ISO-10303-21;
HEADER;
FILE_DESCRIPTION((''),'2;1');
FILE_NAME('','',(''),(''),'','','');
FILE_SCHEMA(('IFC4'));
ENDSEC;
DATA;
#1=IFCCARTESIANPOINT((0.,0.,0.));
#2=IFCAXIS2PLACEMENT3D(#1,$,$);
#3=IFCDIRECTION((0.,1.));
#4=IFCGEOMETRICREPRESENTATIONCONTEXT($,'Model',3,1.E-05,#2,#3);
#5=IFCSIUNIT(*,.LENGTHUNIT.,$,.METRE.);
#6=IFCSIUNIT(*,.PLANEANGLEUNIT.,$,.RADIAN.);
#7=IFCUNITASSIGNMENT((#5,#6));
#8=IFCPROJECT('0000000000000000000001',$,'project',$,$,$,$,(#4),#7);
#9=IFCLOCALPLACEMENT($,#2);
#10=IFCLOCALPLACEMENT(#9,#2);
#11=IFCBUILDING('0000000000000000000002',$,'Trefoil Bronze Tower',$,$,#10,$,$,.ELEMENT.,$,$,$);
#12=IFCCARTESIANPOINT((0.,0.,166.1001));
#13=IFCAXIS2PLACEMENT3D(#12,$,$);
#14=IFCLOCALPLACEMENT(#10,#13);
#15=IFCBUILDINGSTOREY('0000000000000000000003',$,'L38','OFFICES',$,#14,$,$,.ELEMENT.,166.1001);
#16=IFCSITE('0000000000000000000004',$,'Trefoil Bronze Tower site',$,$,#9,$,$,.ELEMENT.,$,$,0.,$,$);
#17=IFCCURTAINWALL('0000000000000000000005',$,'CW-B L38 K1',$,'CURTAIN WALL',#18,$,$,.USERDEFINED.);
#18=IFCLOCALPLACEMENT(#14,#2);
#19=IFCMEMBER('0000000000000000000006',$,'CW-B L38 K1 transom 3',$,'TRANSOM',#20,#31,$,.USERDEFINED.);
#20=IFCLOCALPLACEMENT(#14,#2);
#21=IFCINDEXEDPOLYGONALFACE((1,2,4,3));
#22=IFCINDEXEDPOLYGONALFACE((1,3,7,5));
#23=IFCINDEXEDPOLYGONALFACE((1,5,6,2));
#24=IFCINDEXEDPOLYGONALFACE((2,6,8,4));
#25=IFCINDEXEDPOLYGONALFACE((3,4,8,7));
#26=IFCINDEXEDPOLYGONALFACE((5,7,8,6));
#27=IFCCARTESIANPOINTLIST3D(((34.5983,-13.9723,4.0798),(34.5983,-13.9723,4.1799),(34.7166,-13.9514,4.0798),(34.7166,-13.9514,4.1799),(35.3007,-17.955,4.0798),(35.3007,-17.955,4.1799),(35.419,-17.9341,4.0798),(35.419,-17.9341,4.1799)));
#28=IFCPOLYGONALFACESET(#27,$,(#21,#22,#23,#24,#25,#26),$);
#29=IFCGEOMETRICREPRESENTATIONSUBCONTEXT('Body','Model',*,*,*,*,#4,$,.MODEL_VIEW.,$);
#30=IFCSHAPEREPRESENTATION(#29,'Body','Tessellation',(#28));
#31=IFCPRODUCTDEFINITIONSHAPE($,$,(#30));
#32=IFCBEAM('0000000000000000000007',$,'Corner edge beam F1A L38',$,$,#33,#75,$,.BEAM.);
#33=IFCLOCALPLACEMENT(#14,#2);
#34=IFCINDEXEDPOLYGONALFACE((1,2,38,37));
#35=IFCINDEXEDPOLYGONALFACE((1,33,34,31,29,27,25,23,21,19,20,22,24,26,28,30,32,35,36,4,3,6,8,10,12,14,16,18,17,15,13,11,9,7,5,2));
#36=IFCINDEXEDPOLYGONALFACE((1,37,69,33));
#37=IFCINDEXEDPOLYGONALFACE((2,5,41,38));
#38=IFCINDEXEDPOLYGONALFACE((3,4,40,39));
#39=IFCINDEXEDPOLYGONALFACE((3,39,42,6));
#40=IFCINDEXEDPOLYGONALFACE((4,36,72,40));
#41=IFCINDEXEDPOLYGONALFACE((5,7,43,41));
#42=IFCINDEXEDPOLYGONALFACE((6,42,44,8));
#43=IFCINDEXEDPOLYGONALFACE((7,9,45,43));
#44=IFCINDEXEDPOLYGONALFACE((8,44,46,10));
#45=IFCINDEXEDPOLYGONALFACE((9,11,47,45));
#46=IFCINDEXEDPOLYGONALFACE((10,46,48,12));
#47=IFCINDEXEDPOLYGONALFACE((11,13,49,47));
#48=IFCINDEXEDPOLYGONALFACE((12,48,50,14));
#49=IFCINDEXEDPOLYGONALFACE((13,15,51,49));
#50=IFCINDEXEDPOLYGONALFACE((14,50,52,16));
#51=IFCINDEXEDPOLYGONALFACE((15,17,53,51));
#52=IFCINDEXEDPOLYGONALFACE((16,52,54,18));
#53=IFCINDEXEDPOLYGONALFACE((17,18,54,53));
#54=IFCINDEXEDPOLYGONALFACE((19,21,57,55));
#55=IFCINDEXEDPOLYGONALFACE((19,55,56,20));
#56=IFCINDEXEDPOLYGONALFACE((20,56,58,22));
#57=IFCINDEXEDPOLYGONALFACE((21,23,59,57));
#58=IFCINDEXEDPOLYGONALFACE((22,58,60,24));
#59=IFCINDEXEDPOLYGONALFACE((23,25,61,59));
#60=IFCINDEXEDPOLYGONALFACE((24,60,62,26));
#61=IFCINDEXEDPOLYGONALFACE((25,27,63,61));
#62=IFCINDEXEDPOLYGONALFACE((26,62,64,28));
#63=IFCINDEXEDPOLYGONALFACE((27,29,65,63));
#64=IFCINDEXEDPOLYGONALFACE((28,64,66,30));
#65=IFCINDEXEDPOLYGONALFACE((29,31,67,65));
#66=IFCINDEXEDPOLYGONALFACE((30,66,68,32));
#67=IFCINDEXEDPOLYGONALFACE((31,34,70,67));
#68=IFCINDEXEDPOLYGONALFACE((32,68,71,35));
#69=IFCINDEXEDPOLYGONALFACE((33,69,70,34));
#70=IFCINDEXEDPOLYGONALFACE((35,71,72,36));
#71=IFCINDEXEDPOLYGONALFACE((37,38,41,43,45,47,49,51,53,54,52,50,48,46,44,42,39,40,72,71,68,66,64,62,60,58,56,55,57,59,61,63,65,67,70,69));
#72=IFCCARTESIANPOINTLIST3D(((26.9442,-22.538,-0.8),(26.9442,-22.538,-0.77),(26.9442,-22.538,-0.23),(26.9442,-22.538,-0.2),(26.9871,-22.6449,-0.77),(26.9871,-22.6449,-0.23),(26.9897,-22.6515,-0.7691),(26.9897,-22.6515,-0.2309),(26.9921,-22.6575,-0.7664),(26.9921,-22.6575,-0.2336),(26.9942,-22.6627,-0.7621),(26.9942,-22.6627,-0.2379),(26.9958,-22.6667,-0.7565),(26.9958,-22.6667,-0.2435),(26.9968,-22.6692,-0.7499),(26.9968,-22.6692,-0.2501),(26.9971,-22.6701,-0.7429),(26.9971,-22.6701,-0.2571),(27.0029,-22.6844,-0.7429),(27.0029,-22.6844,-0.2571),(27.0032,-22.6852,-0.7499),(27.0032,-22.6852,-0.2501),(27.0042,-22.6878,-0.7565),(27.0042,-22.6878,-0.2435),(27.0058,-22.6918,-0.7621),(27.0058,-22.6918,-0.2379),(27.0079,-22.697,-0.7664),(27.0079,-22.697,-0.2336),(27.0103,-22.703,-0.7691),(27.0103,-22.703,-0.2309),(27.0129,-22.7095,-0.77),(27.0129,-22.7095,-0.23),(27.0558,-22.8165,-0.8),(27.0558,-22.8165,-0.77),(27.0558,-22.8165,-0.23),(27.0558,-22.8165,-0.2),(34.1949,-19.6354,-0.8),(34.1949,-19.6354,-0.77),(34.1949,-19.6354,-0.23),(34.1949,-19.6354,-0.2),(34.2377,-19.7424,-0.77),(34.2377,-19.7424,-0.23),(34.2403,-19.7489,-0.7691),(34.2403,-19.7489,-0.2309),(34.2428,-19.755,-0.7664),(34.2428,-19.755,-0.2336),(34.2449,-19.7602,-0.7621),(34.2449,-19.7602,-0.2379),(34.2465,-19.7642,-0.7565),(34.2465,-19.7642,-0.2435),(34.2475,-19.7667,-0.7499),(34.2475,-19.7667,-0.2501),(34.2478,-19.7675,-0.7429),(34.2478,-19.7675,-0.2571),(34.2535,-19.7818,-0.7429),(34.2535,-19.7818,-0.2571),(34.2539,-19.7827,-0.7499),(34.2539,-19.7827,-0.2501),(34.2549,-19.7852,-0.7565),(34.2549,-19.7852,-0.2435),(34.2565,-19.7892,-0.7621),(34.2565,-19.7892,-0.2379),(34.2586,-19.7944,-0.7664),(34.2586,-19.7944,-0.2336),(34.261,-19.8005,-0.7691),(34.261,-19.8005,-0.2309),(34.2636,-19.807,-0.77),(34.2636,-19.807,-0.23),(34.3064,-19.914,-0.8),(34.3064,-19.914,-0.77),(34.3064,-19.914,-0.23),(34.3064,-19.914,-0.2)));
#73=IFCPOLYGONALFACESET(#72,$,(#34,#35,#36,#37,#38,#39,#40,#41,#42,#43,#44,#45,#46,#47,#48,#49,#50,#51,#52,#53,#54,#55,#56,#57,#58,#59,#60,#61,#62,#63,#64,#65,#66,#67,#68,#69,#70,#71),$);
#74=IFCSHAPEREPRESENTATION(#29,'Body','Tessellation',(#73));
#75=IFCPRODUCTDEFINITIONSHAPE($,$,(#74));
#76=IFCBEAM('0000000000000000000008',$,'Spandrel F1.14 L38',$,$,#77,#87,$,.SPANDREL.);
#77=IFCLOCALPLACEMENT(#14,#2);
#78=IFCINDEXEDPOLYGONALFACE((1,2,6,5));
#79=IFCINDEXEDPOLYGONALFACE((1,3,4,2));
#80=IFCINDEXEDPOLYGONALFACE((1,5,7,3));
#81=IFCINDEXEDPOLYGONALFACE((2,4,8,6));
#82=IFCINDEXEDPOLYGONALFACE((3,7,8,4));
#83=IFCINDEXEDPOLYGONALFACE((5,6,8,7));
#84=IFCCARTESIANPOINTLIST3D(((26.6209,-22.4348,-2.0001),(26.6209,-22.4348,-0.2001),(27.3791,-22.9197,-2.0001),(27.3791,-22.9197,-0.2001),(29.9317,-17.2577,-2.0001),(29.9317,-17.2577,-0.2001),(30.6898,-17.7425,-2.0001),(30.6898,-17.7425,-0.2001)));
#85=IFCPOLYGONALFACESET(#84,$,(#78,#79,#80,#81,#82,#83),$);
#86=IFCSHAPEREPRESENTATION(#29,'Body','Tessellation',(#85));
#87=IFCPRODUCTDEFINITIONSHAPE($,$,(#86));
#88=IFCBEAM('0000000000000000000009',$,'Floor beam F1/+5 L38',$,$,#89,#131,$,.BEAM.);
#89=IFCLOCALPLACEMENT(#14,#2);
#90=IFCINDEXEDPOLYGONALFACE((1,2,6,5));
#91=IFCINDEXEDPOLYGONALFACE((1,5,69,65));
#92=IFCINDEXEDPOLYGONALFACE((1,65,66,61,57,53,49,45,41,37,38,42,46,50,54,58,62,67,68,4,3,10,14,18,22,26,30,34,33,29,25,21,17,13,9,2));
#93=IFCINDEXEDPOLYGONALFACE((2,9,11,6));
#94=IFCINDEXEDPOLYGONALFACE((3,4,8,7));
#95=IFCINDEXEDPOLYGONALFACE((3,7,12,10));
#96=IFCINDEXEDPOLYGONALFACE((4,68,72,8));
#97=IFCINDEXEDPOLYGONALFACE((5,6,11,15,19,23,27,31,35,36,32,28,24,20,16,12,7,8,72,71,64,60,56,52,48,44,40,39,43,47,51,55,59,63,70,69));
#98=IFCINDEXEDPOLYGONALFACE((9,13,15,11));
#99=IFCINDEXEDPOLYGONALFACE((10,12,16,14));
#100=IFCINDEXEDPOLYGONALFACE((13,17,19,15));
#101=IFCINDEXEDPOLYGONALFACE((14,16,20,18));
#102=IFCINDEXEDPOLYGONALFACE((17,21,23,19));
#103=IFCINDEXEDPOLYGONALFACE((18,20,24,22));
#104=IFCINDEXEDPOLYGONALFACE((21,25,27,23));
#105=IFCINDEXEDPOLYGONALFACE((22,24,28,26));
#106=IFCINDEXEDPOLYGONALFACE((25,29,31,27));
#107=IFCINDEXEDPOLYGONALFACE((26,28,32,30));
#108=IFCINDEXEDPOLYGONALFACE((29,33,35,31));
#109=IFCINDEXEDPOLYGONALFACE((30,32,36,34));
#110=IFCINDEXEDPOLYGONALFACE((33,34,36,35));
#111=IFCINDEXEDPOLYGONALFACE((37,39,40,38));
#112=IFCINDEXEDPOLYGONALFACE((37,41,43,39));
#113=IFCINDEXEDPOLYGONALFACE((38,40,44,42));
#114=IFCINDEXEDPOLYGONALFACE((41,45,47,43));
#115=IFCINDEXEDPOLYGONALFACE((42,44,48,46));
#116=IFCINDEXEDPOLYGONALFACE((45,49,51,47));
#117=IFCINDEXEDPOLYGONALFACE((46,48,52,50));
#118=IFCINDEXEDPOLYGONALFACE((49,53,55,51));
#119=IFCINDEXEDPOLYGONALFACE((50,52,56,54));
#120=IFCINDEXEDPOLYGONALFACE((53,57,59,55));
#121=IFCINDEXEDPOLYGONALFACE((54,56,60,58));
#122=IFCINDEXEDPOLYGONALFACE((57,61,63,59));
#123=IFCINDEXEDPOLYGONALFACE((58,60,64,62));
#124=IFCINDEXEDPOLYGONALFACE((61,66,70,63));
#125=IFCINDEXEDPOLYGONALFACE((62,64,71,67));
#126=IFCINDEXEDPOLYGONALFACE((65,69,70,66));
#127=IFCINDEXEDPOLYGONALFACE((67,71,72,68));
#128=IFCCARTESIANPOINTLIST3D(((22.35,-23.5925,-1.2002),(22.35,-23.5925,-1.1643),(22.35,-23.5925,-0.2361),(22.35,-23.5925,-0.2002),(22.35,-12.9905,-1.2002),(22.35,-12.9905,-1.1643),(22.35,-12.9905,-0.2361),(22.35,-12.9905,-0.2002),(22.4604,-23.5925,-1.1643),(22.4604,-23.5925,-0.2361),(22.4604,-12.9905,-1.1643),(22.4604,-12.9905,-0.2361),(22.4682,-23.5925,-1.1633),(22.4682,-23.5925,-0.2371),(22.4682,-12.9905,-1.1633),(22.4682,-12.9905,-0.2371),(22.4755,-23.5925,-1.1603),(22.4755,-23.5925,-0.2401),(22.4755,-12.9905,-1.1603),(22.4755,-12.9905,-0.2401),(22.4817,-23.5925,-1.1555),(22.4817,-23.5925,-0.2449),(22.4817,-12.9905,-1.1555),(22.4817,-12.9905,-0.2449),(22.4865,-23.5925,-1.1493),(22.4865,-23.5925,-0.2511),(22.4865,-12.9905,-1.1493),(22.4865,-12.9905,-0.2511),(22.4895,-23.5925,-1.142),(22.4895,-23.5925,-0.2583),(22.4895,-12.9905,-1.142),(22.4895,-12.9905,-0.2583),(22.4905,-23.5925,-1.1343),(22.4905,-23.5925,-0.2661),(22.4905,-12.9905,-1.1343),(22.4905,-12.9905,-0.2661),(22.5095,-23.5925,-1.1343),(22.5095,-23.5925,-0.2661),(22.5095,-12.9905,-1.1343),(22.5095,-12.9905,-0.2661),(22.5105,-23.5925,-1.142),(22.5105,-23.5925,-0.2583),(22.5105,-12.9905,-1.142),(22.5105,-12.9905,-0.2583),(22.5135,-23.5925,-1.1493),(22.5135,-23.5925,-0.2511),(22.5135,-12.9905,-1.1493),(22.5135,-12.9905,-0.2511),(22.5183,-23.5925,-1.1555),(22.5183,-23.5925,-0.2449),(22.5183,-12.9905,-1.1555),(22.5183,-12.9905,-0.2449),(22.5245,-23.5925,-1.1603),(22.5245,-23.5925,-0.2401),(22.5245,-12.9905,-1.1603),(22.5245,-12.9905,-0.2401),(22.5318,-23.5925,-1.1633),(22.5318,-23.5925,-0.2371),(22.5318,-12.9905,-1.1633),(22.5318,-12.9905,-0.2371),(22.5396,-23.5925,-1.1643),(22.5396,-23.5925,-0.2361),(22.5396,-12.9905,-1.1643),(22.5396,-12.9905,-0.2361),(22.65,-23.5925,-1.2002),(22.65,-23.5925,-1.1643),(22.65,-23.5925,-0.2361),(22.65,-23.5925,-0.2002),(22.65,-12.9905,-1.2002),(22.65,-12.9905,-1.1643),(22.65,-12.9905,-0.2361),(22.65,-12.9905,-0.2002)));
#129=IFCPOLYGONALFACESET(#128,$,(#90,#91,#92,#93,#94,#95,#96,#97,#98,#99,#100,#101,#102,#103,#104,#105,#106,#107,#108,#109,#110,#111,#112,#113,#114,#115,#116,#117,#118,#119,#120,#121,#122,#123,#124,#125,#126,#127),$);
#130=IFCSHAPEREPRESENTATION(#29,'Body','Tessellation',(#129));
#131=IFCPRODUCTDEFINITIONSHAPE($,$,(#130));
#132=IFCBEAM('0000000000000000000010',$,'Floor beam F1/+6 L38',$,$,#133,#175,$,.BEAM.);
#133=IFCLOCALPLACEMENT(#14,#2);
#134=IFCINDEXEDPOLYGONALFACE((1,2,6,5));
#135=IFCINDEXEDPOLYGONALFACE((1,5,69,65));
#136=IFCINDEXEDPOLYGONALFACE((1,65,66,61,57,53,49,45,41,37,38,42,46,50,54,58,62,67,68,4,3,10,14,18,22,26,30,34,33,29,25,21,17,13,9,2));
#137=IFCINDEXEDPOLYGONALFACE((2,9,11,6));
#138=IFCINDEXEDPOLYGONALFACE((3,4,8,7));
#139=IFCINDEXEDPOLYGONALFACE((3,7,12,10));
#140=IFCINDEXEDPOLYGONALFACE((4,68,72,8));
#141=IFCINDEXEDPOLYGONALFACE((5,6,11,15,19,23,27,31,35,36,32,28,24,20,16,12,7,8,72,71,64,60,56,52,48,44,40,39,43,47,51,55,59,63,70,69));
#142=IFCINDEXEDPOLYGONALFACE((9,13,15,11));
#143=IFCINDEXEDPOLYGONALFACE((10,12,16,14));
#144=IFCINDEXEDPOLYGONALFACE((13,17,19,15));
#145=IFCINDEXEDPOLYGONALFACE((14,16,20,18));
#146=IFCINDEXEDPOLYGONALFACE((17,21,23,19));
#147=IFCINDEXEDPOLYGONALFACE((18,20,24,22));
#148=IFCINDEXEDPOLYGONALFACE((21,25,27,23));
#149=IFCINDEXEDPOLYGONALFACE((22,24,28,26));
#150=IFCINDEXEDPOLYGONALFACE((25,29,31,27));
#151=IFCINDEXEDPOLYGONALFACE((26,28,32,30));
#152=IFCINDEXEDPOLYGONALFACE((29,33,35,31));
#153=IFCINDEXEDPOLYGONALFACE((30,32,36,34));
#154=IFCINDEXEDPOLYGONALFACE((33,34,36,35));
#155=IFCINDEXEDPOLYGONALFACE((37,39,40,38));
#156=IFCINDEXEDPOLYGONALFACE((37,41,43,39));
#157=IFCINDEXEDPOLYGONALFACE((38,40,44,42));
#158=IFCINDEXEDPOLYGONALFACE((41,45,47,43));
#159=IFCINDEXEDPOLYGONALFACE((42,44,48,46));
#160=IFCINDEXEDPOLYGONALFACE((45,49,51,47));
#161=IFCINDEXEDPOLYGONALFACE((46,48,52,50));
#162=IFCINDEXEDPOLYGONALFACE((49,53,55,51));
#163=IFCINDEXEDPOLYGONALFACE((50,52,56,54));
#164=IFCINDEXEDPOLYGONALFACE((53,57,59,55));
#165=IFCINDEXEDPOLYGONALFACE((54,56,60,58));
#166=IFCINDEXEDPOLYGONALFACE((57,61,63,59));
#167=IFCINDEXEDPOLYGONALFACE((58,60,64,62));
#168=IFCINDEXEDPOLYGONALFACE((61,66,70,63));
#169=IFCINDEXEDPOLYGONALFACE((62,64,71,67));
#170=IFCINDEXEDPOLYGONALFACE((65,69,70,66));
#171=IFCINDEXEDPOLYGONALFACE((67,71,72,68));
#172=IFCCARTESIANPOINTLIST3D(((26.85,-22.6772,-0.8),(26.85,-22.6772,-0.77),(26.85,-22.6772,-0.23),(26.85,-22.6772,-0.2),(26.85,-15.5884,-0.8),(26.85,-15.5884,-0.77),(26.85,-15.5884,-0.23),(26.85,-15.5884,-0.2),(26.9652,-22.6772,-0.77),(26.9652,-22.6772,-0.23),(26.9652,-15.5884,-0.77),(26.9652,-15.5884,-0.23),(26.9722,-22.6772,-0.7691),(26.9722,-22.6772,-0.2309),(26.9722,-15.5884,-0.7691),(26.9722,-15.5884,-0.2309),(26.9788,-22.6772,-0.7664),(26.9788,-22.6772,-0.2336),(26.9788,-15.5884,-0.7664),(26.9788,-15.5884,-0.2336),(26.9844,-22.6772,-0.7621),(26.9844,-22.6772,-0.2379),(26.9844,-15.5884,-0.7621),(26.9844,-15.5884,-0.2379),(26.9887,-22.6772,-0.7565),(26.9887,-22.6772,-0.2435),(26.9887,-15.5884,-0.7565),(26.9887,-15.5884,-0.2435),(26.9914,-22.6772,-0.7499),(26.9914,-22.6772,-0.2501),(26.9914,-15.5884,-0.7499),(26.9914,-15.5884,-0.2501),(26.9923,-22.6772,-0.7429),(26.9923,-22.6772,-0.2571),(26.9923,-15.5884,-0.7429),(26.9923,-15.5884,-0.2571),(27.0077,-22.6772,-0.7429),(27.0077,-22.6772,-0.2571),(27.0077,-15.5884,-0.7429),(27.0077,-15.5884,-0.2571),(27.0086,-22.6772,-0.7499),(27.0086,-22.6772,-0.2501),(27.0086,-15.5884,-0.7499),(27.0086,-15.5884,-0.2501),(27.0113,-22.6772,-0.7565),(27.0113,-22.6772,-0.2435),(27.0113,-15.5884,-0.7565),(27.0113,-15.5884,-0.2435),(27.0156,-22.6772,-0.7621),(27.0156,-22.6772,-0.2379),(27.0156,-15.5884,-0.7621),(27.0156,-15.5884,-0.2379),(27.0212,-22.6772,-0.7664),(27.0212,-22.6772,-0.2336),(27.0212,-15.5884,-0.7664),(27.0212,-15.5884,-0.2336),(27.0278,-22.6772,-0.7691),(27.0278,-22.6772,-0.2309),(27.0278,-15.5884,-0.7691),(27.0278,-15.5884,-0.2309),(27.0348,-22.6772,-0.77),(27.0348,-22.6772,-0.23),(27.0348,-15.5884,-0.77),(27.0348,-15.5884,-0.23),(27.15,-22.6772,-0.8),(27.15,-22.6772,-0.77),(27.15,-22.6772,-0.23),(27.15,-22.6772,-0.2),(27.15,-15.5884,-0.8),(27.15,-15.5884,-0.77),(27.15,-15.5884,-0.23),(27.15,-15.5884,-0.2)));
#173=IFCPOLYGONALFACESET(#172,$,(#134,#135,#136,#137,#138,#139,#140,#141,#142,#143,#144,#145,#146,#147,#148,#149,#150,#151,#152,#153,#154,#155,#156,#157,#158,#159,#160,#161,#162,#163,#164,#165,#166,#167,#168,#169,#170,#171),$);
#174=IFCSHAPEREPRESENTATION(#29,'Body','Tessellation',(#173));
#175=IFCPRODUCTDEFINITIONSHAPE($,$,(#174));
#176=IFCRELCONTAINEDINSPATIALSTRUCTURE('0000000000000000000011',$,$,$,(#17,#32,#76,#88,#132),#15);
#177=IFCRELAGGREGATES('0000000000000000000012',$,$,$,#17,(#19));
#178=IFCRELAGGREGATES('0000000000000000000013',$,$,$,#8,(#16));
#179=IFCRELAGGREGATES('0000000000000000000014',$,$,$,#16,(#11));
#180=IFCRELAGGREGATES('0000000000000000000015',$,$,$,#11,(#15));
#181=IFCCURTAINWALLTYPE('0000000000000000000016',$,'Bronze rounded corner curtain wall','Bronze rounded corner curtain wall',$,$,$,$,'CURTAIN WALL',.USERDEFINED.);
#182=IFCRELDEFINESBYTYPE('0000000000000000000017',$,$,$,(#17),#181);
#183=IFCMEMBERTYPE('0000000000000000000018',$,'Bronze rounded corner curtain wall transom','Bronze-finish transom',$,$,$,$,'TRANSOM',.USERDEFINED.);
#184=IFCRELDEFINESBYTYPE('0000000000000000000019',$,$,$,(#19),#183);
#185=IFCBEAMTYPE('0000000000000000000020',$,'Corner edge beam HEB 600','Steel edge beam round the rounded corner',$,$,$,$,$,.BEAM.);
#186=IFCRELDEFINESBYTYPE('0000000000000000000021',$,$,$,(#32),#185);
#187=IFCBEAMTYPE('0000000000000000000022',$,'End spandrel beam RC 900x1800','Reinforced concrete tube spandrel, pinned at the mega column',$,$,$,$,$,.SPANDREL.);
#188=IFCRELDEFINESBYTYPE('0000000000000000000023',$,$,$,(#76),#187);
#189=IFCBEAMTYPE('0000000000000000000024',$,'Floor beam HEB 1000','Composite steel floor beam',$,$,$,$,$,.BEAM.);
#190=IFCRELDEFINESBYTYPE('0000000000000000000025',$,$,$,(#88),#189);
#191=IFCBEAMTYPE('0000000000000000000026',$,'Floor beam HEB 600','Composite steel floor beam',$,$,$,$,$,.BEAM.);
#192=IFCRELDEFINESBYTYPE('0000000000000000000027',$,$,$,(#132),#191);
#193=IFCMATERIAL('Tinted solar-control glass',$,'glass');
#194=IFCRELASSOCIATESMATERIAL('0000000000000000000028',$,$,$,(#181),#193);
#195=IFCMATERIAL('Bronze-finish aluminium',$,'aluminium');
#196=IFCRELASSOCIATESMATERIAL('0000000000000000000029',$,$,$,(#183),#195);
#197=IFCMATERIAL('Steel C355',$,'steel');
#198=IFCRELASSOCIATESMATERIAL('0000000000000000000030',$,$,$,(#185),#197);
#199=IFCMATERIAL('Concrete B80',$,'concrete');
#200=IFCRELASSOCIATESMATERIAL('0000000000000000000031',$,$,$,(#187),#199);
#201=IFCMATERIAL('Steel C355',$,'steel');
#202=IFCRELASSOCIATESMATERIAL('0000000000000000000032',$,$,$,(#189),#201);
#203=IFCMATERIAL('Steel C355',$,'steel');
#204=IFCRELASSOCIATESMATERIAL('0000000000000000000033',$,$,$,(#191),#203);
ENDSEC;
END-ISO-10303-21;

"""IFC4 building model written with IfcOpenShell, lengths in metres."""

from ifc_helpers import new_model, si_unit, direction, frame, origin, origin_2d, place, context, subcontext, project, spatial, rectangle, i_section, extrude, material, material_profile, profile_set, type_object, element, aggregate, save


model = new_model("IFC4")

# Units and contexts
model_context = context("Model", 3, precision=1e-05, world=origin(), true_north=direction((0.0, 1.0)))
body_context = subcontext(model_context, "Body", "Model", "MODEL_VIEW")
ifc_project = project(units=[si_unit("LENGTHUNIT", "METRE"), si_unit("PLANEANGLEUNIT", "RADIAN")], contexts=[model_context])

# Site, building, storey
site_placement = place(None, origin())
site = spatial("IfcSite", under=ifc_project, at=site_placement, Name="Trefoil Bronze Tower site", CompositionType="ELEMENT", RefElevation=0.0)
building_placement = place(site_placement, origin())
building = spatial("IfcBuilding", under=site, at=building_placement, Name="Trefoil Bronze Tower", CompositionType="ELEMENT")
storey_placement = place(building_placement, frame((0.0, 0.0, 166.1001)))
storey = spatial("IfcBuildingStorey", under=building, at=storey_placement, Name="L38", Description="OFFICES", CompositionType="ELEMENT", Elevation=166.1001)

# Curtain wall, member
ifc_material_1 = material(Name="Tinted solar-control glass", Category="glass")
curtain_wall_type_1 = type_object("IfcCurtainWallType", Name="Bronze rounded corner curtain wall", Description="Bronze rounded corner curtain wall", ElementType="CURTAIN WALL", PredefinedType="USERDEFINED", material=ifc_material_1)
curtain_wall_1_placement = place(storey_placement, origin())
curtain_wall_1 = element("IfcCurtainWall", 1, at=curtain_wall_1_placement, inside=storey, type_object=curtain_wall_type_1, Name="CW-B L38 K1", ObjectType="CURTAIN WALL", PredefinedType="USERDEFINED")
ifc_material_2 = material(Name="Bronze-finish aluminium", Category="aluminium")
ifc_material_profile_1 = material_profile(ifc_material_2, rectangle(XDim=0.1201, YDim=0.1001, at=origin_2d()), Name="CW-B transom")
ifc_profile_set_1 = profile_set([ifc_material_profile_1], Name="Bronze-finish aluminium")
member_type_1 = type_object("IfcMemberType", Name="Bronze rounded corner curtain wall transom", Description="Bronze-finish transom", ElementType="TRANSOM", PredefinedType="USERDEFINED", material=ifc_profile_set_1)
member_1_placement = place(storey_placement, frame((35.3599, -17.9446, 4.1299), z_axis=(-0.173682, 0.984802, 0.0), x_axis=(-0.984802, -0.173682, 0.0)))
member_1 = element("IfcMember", 2, at=member_1_placement, type_object=member_type_1, Name="CW-B L38 K1 transom 3", ObjectType="TRANSOM", PredefinedType="USERDEFINED", context=body_context, shape_type="SweptSolid", body=[
    extrude(rectangle(XDim=0.1201, YDim=0.1001, at=origin_2d()), origin(), (0.0, 0.0, 1.0), 4.0442),
])

# Beams
ifc_material_3 = material(Name="Steel C355", Category="steel")
ifc_material_profile_2 = material_profile(ifc_material_3, i_section(OverallWidth=0.3, OverallDepth=0.6001, WebThickness=0.0154, FlangeThickness=0.03, FilletRadius=0.0271, at=origin_2d()), Name="HEB 600")
ifc_profile_set_2 = profile_set([ifc_material_profile_2], Name="Steel C355")
beam_type_1 = type_object("IfcBeamType", Name="Corner edge beam HEB 600", Description="Steel edge beam round the rounded corner", PredefinedType="BEAM", material=ifc_profile_set_2)
beam_1_placement = place(storey_placement, frame((27.0, -22.6772, -0.5), z_axis=(0.928375, 0.371644, 0.0), x_axis=(-0.371644, 0.928375, 0.0)))
element("IfcBeam", 3, at=beam_1_placement, inside=storey, type_object=beam_type_1, Name="Corner edge beam F1A L38", PredefinedType="BEAM", context=body_context, shape_type="SweptSolid", body=[
    extrude(i_section(OverallWidth=0.3, OverallDepth=0.6001, WebThickness=0.0154, FlangeThickness=0.03, FilletRadius=0.0271, at=origin_2d()), origin(), (0.0, 0.0, 1.0), 7.8101),
])
ifc_material_4 = material(Name="Concrete B80", Category="concrete")
ifc_material_profile_3 = material_profile(ifc_material_4, rectangle(XDim=0.8999, YDim=1.8, at=origin_2d()), Name="RC 900x1800")
ifc_profile_set_3 = profile_set([ifc_material_profile_3], Name="Concrete B80")
beam_type_2 = type_object("IfcBeamType", Name="End spandrel beam RC 900x1800", Description="Reinforced concrete tube spandrel, pinned at the mega column", PredefinedType="SPANDREL", material=ifc_profile_set_3)
beam_2_placement = place(storey_placement, frame((27.0, -22.6772, -1.1001), z_axis=(0.538748, 0.842467, 0.0), x_axis=(-0.842467, 0.538748, 0.0)))
element("IfcBeam", 4, at=beam_2_placement, inside=storey, type_object=beam_type_2, Name="Spandrel F1.14 L38", PredefinedType="SPANDREL", context=body_context, shape_type="SweptSolid", body=[
    extrude(rectangle(XDim=0.8999, YDim=1.8, at=origin_2d()), origin(), (0.0, 0.0, 1.0), 6.1453),
])
ifc_material_5 = material(Name="Steel C355", Category="steel")
ifc_material_profile_4 = material_profile(ifc_material_5, i_section(OverallWidth=0.3, OverallDepth=1.0, WebThickness=0.019, FlangeThickness=0.0359, FilletRadius=0.03, at=origin_2d()), Name="HEB 1000")
ifc_profile_set_4 = profile_set([ifc_material_profile_4], Name="Steel C355")
beam_type_3 = type_object("IfcBeamType", Name="Floor beam HEB 1000", Description="Composite steel floor beam", PredefinedType="BEAM", material=ifc_profile_set_4)
beam_3_placement = place(storey_placement, frame((22.5, -23.5925, -0.7002), z_axis=(0.0, 1.0, 0.0), x_axis=(-1.0, 0.0, 0.0)))
element("IfcBeam", 5, at=beam_3_placement, inside=storey, type_object=beam_type_3, Name="Floor beam F1/+5 L38", PredefinedType="BEAM", context=body_context, shape_type="SweptSolid", body=[
    extrude(i_section(OverallWidth=0.3, OverallDepth=1.0, WebThickness=0.019, FlangeThickness=0.0359, FilletRadius=0.03, at=origin_2d()), origin(), (0.0, 0.0, 1.0), 10.6021),
])
ifc_material_6 = material(Name="Steel C355", Category="steel")
ifc_material_profile_5 = material_profile(ifc_material_6, i_section(OverallWidth=0.3, OverallDepth=0.6001, WebThickness=0.0154, FlangeThickness=0.03, FilletRadius=0.0271, at=origin_2d()), Name="HEB 600")
ifc_profile_set_5 = profile_set([ifc_material_profile_5], Name="Steel C355")
beam_type_4 = type_object("IfcBeamType", Name="Floor beam HEB 600", Description="Composite steel floor beam", PredefinedType="BEAM", material=ifc_profile_set_5)
beam_4_placement = place(storey_placement, frame((27.0, -22.6772, -0.5), z_axis=(0.0, 1.0, 0.0), x_axis=(-1.0, 0.0, 0.0)))
element("IfcBeam", 6, at=beam_4_placement, inside=storey, type_object=beam_type_4, Name="Floor beam F1/+6 L38", PredefinedType="BEAM", context=body_context, shape_type="SweptSolid", body=[
    extrude(i_section(OverallWidth=0.3, OverallDepth=0.6001, WebThickness=0.0154, FlangeThickness=0.03, FilletRadius=0.0271, at=origin_2d()), origin(), (0.0, 0.0, 1.0), 7.0889),
])

aggregate(curtain_wall_1, [member_1])

save(model, "model.ifc")
